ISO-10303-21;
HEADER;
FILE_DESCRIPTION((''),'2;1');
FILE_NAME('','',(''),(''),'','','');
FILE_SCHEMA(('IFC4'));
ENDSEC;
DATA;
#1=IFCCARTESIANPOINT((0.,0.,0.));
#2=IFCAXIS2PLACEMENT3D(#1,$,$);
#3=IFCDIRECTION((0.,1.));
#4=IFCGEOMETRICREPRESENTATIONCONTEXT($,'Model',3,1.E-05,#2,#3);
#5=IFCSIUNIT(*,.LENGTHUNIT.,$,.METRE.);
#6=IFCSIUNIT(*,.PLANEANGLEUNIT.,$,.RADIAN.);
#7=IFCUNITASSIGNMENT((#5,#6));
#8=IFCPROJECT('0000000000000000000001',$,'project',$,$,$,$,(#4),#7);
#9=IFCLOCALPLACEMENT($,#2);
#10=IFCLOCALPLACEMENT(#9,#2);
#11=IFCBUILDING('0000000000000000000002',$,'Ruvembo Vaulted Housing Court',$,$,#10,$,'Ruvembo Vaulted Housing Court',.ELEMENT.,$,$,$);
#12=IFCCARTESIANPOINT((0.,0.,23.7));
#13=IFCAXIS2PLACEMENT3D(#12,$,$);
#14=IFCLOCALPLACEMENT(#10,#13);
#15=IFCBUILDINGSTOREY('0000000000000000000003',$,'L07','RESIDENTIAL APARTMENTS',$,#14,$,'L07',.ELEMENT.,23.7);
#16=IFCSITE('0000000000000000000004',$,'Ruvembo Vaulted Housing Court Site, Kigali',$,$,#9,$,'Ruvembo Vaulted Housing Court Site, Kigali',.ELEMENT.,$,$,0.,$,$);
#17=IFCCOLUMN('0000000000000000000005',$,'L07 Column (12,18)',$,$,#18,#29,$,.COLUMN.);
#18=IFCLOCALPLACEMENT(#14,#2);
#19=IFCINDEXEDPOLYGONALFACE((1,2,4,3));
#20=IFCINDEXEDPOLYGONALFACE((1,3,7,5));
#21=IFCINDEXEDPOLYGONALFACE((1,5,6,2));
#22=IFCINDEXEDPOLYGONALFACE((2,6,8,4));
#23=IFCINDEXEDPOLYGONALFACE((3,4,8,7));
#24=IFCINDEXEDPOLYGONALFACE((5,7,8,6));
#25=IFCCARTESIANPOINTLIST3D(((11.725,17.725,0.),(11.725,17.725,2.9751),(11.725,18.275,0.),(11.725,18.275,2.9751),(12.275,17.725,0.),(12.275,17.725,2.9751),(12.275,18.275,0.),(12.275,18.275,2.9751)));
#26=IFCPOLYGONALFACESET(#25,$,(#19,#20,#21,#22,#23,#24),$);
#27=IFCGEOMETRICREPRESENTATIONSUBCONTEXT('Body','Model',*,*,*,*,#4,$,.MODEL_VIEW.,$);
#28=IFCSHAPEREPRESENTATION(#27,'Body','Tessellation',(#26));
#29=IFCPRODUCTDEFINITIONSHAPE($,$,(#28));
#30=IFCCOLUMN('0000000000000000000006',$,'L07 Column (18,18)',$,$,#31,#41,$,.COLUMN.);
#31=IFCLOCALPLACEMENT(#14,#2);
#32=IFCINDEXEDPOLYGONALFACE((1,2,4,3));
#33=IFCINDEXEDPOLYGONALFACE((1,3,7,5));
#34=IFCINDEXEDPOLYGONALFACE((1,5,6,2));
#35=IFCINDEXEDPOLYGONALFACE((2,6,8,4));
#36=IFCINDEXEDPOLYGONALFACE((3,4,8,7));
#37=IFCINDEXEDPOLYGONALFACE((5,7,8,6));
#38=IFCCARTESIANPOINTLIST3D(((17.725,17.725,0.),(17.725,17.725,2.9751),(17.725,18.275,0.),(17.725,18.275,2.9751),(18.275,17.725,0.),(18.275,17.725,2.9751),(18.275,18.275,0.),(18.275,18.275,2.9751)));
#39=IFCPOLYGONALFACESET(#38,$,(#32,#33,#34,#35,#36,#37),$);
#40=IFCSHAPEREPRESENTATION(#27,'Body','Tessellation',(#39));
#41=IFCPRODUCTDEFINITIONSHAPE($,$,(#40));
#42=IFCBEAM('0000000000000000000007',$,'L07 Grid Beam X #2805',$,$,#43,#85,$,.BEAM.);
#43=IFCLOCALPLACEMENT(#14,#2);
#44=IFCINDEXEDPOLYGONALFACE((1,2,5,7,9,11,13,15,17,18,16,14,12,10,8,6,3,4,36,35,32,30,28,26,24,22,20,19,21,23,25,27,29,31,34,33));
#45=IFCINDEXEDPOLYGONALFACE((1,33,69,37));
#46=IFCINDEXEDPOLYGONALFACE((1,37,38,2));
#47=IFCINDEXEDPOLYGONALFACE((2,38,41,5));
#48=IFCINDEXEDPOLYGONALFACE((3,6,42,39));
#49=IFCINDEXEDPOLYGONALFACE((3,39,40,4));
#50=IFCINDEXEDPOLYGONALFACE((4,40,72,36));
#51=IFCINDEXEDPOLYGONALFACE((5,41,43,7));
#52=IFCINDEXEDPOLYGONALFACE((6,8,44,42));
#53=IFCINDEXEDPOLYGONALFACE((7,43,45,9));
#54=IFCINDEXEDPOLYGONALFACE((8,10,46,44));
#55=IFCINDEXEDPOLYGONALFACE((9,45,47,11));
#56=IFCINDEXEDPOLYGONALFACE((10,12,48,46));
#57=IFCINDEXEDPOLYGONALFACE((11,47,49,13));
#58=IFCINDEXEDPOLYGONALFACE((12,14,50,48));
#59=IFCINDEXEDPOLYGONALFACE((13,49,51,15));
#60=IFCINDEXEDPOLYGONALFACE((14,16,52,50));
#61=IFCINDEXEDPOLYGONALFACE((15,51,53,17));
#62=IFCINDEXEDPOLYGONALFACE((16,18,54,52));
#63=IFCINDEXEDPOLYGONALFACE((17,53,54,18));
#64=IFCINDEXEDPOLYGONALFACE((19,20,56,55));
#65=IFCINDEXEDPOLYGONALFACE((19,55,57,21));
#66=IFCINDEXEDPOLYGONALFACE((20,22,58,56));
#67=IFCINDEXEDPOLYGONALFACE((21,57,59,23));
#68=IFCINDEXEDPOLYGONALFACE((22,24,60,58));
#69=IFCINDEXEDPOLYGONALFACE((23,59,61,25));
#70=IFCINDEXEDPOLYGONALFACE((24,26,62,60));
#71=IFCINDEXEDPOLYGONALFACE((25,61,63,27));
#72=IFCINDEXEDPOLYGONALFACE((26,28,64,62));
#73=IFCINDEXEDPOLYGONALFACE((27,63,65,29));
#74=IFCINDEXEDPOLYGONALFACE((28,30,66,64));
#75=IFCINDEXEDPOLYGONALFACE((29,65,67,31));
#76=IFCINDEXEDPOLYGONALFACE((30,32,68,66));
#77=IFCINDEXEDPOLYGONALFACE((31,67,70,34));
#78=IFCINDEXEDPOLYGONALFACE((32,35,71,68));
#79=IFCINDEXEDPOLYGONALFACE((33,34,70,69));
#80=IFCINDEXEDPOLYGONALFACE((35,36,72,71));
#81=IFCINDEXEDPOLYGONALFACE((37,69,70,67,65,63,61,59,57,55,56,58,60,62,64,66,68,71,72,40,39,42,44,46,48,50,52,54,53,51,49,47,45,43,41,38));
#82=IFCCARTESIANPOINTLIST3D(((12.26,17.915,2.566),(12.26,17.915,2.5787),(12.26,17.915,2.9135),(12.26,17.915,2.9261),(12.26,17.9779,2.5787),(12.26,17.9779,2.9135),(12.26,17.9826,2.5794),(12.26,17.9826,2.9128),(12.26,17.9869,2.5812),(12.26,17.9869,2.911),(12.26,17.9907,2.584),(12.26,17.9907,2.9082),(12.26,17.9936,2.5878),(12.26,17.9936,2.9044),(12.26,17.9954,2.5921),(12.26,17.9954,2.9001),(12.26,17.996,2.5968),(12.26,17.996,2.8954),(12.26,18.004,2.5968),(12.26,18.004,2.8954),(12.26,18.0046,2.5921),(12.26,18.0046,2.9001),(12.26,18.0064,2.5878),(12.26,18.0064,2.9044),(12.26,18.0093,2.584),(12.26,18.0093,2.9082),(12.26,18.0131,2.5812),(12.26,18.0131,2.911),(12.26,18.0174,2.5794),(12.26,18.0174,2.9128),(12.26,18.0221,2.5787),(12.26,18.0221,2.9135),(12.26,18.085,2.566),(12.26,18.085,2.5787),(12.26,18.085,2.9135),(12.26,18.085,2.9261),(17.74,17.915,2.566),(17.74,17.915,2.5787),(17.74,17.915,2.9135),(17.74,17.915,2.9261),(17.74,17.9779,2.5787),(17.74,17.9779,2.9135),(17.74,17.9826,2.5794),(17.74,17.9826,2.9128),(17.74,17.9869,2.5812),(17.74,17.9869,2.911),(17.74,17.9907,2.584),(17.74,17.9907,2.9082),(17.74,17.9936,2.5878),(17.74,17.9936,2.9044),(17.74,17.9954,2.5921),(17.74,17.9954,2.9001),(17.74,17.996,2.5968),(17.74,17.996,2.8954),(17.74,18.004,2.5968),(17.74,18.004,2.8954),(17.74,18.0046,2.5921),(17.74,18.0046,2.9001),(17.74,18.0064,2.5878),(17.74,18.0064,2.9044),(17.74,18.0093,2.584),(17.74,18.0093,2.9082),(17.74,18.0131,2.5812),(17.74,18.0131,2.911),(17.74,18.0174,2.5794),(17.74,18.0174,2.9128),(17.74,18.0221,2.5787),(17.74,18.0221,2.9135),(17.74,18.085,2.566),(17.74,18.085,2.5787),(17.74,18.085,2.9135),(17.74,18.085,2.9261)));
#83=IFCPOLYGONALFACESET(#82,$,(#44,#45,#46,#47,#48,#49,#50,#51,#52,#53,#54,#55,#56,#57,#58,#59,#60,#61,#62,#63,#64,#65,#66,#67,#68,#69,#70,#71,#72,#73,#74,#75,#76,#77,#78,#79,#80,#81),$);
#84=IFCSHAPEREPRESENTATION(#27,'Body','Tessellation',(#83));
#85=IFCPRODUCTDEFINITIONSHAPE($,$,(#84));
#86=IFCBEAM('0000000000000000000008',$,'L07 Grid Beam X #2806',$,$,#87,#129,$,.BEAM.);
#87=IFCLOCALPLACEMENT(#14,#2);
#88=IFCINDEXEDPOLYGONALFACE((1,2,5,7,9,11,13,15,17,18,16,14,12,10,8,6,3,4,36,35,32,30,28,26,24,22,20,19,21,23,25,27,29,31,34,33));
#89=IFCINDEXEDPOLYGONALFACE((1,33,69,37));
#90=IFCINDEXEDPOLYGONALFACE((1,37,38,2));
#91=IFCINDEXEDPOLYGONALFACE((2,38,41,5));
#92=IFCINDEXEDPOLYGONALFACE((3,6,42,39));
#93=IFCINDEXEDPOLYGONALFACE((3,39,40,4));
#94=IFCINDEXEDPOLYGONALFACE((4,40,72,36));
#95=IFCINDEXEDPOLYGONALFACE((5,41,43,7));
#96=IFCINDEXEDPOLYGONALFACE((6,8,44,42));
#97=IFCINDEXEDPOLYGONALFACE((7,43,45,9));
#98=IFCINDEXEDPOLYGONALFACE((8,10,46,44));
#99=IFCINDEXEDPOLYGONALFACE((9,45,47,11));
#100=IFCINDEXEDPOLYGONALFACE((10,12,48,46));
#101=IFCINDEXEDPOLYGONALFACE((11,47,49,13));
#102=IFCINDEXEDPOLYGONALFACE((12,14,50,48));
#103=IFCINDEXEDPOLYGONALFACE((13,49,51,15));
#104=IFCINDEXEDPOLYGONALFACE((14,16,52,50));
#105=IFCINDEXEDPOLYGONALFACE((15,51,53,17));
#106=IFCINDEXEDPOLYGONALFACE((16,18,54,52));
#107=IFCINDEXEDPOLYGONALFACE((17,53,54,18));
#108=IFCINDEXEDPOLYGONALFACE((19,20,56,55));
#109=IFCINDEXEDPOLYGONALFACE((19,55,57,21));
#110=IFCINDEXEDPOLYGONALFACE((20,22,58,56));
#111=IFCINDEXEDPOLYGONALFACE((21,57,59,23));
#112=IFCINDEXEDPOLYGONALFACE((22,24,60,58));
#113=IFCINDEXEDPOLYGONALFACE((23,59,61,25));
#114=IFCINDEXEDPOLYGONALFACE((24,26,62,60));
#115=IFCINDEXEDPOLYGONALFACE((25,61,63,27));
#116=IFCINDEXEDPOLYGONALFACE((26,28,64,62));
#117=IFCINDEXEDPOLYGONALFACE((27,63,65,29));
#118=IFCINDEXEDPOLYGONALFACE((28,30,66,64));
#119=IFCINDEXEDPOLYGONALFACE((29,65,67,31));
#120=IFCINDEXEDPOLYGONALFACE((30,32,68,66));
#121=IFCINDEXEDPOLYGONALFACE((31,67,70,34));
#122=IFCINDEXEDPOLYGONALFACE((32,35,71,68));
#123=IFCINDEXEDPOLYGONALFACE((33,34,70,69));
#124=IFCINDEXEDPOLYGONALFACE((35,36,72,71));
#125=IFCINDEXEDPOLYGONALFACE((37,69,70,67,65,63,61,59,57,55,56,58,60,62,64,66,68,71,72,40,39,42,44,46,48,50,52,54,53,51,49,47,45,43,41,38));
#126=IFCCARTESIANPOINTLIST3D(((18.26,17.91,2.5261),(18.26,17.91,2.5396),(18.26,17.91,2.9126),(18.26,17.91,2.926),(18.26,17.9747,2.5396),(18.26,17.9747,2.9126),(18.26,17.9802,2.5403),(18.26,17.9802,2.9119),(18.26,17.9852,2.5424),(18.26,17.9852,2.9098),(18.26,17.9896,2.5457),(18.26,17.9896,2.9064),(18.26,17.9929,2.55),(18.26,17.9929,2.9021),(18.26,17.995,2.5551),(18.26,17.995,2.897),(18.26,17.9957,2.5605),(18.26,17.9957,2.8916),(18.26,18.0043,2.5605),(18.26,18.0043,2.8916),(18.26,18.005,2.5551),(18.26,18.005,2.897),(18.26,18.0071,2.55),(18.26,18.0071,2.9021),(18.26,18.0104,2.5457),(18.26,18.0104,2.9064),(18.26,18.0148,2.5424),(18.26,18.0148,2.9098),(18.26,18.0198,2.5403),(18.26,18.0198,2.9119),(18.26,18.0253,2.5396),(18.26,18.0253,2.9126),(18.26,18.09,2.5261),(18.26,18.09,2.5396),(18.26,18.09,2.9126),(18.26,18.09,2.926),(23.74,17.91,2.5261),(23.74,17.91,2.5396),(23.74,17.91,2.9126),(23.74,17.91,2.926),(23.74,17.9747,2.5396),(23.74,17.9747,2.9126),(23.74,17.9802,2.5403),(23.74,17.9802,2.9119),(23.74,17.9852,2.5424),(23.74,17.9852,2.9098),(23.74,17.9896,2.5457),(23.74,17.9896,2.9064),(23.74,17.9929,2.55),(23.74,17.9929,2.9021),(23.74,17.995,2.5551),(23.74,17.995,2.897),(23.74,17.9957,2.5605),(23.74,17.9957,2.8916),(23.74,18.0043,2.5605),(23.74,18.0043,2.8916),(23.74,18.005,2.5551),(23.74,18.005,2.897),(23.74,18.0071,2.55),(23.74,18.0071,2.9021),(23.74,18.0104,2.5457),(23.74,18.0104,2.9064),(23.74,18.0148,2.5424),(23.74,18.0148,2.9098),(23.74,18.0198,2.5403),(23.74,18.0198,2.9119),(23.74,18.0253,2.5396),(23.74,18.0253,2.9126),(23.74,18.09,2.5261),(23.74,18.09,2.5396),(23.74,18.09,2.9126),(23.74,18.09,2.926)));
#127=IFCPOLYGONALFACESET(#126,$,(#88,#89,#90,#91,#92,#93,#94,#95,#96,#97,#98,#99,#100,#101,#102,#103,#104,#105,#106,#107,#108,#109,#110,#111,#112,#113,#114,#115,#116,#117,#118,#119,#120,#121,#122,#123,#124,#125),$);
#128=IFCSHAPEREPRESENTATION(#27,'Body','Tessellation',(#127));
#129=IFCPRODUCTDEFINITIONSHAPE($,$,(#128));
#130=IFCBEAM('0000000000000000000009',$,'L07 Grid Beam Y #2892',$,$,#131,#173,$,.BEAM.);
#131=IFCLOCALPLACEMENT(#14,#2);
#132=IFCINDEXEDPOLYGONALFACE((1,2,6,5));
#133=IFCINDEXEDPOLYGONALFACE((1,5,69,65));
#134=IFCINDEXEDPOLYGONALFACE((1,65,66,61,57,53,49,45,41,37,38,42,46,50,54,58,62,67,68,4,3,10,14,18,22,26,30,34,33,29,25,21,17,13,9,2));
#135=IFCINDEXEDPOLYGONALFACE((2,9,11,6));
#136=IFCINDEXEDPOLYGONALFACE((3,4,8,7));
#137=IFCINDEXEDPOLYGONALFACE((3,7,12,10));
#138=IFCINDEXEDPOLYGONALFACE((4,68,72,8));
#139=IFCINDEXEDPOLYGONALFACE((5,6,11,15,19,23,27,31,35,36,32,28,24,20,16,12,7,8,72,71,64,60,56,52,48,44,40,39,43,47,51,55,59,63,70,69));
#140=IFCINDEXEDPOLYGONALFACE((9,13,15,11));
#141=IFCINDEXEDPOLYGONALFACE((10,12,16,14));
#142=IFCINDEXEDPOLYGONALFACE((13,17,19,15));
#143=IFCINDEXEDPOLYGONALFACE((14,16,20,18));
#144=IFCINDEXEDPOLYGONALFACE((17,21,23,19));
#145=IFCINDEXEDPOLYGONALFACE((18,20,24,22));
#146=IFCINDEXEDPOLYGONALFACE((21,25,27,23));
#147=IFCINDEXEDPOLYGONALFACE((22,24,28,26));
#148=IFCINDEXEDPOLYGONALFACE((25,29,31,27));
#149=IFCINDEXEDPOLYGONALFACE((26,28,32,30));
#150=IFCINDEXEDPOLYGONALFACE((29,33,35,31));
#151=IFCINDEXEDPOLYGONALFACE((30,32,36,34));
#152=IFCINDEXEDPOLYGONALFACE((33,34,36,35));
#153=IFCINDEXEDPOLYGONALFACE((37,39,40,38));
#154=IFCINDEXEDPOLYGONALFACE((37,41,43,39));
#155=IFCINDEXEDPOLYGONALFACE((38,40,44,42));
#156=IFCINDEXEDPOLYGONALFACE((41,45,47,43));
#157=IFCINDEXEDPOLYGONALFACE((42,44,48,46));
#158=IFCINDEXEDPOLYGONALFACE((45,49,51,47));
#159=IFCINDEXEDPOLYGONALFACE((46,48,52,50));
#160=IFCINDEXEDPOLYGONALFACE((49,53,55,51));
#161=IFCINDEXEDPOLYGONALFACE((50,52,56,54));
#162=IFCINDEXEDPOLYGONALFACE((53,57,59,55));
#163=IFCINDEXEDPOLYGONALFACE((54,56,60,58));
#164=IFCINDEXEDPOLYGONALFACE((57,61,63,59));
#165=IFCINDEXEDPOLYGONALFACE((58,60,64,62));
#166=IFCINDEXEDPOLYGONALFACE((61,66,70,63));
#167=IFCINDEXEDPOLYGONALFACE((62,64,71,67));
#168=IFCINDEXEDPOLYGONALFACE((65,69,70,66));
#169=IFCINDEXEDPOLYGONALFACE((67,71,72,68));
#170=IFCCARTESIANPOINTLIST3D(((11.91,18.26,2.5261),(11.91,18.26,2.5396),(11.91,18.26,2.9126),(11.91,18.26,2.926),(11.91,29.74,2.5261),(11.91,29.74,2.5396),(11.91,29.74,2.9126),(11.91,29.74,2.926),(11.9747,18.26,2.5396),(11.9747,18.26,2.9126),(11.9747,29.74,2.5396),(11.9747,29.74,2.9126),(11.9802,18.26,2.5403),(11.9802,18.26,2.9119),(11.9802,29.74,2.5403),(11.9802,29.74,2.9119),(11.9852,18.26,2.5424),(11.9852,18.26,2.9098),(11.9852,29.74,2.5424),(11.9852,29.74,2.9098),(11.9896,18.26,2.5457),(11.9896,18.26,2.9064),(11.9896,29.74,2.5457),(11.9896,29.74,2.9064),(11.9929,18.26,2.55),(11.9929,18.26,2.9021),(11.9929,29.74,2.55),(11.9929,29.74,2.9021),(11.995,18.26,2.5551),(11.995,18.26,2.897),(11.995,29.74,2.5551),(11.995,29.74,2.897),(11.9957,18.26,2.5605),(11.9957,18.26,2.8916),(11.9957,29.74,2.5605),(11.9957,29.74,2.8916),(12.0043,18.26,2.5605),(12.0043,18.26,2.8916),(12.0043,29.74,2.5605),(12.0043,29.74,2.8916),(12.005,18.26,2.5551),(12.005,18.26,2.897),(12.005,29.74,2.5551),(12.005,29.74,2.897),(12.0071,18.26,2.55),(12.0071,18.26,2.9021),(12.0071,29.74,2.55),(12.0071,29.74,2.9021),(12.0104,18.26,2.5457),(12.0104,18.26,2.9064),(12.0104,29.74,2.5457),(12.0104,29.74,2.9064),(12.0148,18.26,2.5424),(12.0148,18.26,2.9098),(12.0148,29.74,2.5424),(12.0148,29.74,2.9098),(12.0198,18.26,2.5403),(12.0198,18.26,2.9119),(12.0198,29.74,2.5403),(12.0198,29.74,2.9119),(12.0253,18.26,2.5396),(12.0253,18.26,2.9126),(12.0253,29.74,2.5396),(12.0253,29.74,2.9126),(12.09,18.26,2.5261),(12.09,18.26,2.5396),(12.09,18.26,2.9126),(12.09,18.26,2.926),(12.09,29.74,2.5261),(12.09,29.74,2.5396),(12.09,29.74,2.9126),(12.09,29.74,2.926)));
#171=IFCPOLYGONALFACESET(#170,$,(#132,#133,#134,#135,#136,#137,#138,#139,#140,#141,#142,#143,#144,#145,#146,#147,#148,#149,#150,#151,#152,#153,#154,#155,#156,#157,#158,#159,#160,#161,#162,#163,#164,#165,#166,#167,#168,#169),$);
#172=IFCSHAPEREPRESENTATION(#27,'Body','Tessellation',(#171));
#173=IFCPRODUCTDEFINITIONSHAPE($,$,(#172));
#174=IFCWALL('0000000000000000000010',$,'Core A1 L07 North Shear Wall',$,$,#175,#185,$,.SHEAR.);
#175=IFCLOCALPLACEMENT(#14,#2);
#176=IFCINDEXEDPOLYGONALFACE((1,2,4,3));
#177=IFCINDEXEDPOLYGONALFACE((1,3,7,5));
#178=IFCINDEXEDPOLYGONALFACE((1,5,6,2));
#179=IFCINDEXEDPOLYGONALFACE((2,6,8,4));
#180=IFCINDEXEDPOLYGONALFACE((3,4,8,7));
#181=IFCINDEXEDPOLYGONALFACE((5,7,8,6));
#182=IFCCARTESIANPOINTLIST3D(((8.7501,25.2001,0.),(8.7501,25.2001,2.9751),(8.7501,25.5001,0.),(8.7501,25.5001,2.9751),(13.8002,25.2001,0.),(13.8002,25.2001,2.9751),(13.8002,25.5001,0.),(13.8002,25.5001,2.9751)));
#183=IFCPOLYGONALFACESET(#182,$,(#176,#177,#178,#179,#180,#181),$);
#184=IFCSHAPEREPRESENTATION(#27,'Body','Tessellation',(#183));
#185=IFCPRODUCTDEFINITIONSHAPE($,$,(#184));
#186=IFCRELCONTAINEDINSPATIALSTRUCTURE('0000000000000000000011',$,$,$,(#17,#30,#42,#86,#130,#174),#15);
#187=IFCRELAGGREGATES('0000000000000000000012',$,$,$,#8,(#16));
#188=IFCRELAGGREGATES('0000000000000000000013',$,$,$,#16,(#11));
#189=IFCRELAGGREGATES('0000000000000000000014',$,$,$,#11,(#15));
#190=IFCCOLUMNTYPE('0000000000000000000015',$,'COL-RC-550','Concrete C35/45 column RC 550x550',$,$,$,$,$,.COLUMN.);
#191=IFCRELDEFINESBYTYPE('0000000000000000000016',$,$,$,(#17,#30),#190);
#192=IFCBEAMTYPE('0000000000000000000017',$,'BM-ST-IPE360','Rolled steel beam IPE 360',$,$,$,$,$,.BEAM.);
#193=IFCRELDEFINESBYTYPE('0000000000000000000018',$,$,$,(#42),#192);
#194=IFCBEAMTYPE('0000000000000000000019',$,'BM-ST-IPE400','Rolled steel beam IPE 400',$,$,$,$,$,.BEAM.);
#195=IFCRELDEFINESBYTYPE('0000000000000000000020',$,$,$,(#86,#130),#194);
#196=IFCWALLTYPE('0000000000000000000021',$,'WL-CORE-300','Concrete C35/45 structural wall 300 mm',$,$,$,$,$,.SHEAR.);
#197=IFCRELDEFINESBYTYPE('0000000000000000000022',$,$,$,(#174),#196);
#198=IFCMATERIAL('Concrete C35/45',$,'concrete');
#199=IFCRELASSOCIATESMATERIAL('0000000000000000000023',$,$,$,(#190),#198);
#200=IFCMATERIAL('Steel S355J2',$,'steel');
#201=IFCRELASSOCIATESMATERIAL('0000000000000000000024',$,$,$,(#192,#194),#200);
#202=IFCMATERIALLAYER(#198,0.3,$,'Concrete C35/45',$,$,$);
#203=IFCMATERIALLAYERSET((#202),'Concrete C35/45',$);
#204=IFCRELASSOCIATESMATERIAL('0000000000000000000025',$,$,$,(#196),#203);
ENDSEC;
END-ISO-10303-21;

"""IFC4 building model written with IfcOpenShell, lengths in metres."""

from ifc_helpers import new_model, si_unit, direction, frame, frame_2d, origin, origin_2d, place, context, subcontext, project, spatial, rectangle, i_section, extrude, material, layer, layer_set, material_profile, profile_set, type_object, element, save


model = new_model("IFC4")

# Units and contexts
model_context = context("Model", 3, precision=1e-05, world=origin(), true_north=direction((0.0, 1.0)))
body_context = subcontext(model_context, "Body", "Model", "MODEL_VIEW")
ifc_project = project(units=[si_unit("LENGTHUNIT", "METRE"), si_unit("PLANEANGLEUNIT", "RADIAN")], contexts=[model_context])

# Site, building, storey
site_placement = place(None, origin())
site = spatial("IfcSite", under=ifc_project, at=site_placement, Name="Ruvembo Vaulted Housing Court Site, Kigali", LongName="Ruvembo Vaulted Housing Court Site, Kigali", CompositionType="ELEMENT", RefElevation=0.0)
building_placement = place(site_placement, origin())
building = spatial("IfcBuilding", under=site, at=building_placement, Name="Ruvembo Vaulted Housing Court", LongName="Ruvembo Vaulted Housing Court", CompositionType="ELEMENT")
storey_placement = place(building_placement, frame((0.0, 0.0, 23.7)))
storey = spatial("IfcBuildingStorey", under=building, at=storey_placement, Name="L07", Description="RESIDENTIAL APARTMENTS", LongName="L07", CompositionType="ELEMENT", Elevation=23.7)

# Columns
ifc_material_1 = material(Name="Concrete C35/45", Category="concrete")
ifc_material_profile_1 = material_profile(ifc_material_1, rectangle(XDim=0.55, YDim=0.55, at=origin_2d()), Name="RC 550x550")
ifc_profile_set_1 = profile_set([ifc_material_profile_1], Name="Concrete C35/45")
column_type = type_object("IfcColumnType", Name="COL-RC-550", Description="Concrete C35/45 column RC 550x550", PredefinedType="COLUMN", material=ifc_profile_set_1)
for number, where, z_axis, x_axis, name in (
    (1, (12.0, 18.0, 0.0), (0.0, 0.0, 1.0), (1.0, 0.0, 0.0), "L07 Column (12,18)"),
    (2, (18.0, 18.0, 0.0), (0.0, 0.0, 1.0), (1.0, 0.0, 0.0), "L07 Column (18,18)"),
):
    element("IfcColumn", number, at=place(storey_placement, frame(where, z_axis=z_axis, x_axis=x_axis)), inside=storey, type_object=column_type, Name=name, PredefinedType="COLUMN", context=body_context, shape_type="SweptSolid", body=[
        extrude(rectangle(XDim=0.55, YDim=0.55, at=origin_2d()), origin(), (0.0, 0.0, 1.0), 2.9751),
    ])

# Beams
ifc_material_2 = material(Name="Steel S355J2", Category="steel")
ifc_material_profile_2 = material_profile(ifc_material_2, i_section(OverallWidth=0.1699, OverallDepth=0.3601, WebThickness=0.0081, FlangeThickness=0.0127, FilletRadius=0.0181, at=origin_2d()), Name="IPE 360")
ifc_profile_set_2 = profile_set([ifc_material_profile_2], Name="Steel S355J2")
beam_type_1 = type_object("IfcBeamType", Name="BM-ST-IPE360", Description="Rolled steel beam IPE 360", PredefinedType="BEAM", material=ifc_profile_set_2)
beam_1_placement = place(storey_placement, frame((12.26, 18.0, 2.7461), z_axis=(1.0, 0.0, 0.0), x_axis=(0.0, 1.0, 0.0)))
element("IfcBeam", 3, at=beam_1_placement, inside=storey, type_object=beam_type_1, Name="L07 Grid Beam X #2805", PredefinedType="BEAM", context=body_context, shape_type="SweptSolid", body=[
    extrude(i_section(OverallWidth=0.1699, OverallDepth=0.3601, WebThickness=0.0081, FlangeThickness=0.0127, FilletRadius=0.0181, at=origin_2d()), origin(), (0.0, 0.0, 1.0), 5.48),
])
ifc_material_profile_3 = material_profile(ifc_material_2, i_section(OverallWidth=0.1799, OverallDepth=0.3999, WebThickness=0.0085, FlangeThickness=0.0134, FilletRadius=0.021, at=origin_2d()), Name="IPE 400")
ifc_profile_set_3 = profile_set([ifc_material_profile_3], Name="Steel S355J2")
beam_type_2 = type_object("IfcBeamType", Name="BM-ST-IPE400", Description="Rolled steel beam IPE 400", PredefinedType="BEAM", material=ifc_profile_set_3)
beam_2_placement = place(storey_placement, frame((18.26, 18.0, 2.7261), z_axis=(1.0, 0.0, 0.0), x_axis=(0.0, 1.0, 0.0)))
element("IfcBeam", 4, at=beam_2_placement, inside=storey, type_object=beam_type_2, Name="L07 Grid Beam X #2806", PredefinedType="BEAM", context=body_context, shape_type="SweptSolid", body=[
    extrude(i_section(OverallWidth=0.1799, OverallDepth=0.3999, WebThickness=0.0085, FlangeThickness=0.0134, FilletRadius=0.021, at=origin_2d()), origin(), (0.0, 0.0, 1.0), 5.48),
])
beam_3_placement = place(storey_placement, frame((12.0, 18.26, 2.7261), z_axis=(0.0, 1.0, 0.0), x_axis=(-1.0, 0.0, 0.0)))
element("IfcBeam", 5, at=beam_3_placement, inside=storey, type_object=beam_type_2, Name="L07 Grid Beam Y #2892", PredefinedType="BEAM", context=body_context, shape_type="SweptSolid", body=[
    extrude(i_section(OverallWidth=0.1799, OverallDepth=0.3999, WebThickness=0.0085, FlangeThickness=0.0134, FilletRadius=0.021, at=origin_2d()), origin(), (0.0, 0.0, 1.0), 11.48),
])

# Wall
ifc_layer_1 = layer(ifc_material_1, 0.3, Name="Concrete C35/45")
ifc_layer_set_1 = layer_set([ifc_layer_1], Name="Concrete C35/45")
wall_type_1 = type_object("IfcWallType", Name="WL-CORE-300", Description="Concrete C35/45 structural wall 300 mm", PredefinedType="SHEAR", material=ifc_layer_set_1)
wall_1_placement = place(storey_placement, frame((13.8, 25.3501, 0.0), z_axis=(0.0, 0.0, 1.0), x_axis=(-1.0, 0.0, 0.0)))
element("IfcWall", 6, at=wall_1_placement, inside=storey, type_object=wall_type_1, Name="Core A1 L07 North Shear Wall", PredefinedType="SHEAR", context=body_context, shape_type="SweptSolid", body=[
    extrude(rectangle(XDim=5.05, YDim=0.3, at=frame_2d((2.5249, 0.0))), origin(), (0.0, 0.0, 1.0), 2.9751),
])

save(model, "model.ifc")
